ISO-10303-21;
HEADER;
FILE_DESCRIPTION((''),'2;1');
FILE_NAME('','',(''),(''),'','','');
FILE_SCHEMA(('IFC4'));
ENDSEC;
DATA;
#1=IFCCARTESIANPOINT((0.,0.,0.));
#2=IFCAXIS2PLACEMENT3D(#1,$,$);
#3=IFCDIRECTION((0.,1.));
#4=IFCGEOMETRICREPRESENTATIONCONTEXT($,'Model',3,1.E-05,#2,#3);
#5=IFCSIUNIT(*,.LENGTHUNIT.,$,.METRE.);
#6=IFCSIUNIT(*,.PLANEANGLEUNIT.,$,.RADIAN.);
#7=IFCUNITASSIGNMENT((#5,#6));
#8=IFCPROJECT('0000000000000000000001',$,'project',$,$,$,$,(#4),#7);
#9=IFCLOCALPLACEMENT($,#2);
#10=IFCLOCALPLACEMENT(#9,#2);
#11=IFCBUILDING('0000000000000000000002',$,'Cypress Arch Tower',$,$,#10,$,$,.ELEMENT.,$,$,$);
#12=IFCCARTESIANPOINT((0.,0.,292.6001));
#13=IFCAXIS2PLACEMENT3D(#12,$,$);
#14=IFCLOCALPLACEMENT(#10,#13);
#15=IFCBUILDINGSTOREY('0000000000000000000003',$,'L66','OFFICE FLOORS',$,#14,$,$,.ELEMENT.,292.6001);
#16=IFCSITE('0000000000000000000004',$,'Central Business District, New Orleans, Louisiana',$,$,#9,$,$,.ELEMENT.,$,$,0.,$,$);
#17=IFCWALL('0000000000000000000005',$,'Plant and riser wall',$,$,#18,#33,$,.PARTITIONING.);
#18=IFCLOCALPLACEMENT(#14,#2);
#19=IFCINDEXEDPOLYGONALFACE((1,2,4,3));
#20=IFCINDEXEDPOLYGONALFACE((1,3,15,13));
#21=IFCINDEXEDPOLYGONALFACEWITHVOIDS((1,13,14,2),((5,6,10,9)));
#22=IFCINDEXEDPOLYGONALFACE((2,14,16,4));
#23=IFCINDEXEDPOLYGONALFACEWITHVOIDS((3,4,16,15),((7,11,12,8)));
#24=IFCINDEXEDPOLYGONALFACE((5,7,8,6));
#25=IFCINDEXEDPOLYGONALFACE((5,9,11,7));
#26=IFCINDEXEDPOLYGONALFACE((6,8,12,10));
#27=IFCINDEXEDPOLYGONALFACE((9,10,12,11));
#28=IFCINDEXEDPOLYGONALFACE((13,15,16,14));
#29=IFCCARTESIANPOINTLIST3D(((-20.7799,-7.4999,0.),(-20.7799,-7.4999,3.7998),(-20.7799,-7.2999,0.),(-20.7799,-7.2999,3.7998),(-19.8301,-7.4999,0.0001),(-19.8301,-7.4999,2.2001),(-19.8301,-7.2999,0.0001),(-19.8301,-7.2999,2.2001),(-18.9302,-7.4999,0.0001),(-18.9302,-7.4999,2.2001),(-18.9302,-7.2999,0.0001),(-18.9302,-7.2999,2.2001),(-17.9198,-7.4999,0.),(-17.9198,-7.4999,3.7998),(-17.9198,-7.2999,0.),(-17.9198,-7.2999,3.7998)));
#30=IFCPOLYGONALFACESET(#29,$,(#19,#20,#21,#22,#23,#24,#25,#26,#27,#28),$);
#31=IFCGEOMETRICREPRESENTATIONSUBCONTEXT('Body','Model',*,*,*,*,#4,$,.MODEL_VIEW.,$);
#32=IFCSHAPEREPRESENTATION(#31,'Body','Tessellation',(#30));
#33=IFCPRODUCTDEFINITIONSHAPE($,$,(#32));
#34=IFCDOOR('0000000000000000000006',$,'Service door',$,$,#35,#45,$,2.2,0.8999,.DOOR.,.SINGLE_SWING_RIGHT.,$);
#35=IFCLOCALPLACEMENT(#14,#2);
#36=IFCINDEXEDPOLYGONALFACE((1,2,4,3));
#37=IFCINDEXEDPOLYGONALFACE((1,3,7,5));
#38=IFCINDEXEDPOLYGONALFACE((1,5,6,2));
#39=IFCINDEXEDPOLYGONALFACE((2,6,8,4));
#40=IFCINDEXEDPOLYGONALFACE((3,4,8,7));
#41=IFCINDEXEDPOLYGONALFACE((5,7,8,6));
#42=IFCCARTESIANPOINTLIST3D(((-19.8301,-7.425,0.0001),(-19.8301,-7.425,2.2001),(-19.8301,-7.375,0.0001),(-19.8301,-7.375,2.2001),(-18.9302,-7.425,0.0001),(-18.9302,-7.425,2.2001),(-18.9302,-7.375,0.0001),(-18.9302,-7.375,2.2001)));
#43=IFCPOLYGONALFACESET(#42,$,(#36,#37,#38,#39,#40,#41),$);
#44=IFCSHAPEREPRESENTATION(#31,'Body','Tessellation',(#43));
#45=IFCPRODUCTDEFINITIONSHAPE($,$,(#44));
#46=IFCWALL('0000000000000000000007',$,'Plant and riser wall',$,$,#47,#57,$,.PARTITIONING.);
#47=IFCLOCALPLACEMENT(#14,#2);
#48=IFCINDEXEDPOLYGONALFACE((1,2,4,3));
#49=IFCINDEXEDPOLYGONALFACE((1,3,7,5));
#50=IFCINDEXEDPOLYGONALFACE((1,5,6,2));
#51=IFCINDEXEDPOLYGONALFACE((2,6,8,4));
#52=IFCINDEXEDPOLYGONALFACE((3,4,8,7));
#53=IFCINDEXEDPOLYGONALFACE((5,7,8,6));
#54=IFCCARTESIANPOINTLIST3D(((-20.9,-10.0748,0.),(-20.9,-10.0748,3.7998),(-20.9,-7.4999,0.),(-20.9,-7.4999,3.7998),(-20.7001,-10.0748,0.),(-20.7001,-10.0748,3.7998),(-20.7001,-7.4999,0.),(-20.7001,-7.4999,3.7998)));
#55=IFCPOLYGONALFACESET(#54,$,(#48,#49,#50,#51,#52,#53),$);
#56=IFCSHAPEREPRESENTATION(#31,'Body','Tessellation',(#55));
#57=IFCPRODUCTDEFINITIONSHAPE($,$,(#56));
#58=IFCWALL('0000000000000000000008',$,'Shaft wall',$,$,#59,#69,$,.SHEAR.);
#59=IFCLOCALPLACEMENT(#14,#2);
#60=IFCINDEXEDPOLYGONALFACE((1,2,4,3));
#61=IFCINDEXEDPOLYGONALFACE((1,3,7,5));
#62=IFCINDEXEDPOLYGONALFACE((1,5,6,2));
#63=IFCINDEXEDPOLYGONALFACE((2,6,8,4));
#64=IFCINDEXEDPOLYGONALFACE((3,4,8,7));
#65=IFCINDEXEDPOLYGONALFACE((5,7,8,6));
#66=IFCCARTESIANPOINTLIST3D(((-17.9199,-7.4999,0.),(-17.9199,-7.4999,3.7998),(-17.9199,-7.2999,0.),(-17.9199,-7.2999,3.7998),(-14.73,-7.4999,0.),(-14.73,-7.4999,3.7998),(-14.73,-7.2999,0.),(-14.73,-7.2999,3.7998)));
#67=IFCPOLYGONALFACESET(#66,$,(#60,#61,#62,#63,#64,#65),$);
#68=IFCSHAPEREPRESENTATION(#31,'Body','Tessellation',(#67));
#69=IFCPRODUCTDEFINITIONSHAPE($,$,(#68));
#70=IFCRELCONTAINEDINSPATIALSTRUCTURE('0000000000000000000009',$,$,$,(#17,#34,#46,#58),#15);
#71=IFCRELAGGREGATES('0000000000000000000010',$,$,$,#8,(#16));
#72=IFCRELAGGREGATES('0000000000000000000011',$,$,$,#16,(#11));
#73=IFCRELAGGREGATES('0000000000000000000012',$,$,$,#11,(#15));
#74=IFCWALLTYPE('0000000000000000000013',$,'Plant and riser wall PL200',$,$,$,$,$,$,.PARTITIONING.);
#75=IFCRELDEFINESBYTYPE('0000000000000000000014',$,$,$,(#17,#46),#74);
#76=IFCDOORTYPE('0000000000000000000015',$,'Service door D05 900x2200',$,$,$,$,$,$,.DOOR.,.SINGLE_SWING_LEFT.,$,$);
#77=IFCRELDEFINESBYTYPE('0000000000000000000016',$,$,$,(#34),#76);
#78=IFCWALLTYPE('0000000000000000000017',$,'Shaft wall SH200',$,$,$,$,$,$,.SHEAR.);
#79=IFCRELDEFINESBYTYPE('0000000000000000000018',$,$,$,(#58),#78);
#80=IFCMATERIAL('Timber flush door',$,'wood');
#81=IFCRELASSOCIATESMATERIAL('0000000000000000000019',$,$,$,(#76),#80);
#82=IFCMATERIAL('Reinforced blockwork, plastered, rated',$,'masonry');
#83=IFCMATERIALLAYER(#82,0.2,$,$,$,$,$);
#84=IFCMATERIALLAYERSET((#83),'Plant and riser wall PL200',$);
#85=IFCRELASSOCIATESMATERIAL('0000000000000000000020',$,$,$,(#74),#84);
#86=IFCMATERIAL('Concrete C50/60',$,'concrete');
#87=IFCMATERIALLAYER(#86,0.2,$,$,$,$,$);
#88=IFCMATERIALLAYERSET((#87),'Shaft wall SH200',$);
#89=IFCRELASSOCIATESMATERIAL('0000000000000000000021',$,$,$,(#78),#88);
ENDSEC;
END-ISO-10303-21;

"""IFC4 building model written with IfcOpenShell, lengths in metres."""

from ifc_helpers import new_model, si_unit, direction, frame, frame_2d, origin, place, context, subcontext, project, spatial, rectangle, extrude, material, layer, layer_set, type_object, element, fill, save


model = new_model("IFC4")

# Units and contexts
model_context = context("Model", 3, precision=1e-05, world=origin(), true_north=direction((0.0, 1.0)))
body_context = subcontext(model_context, "Body", "Model", "MODEL_VIEW")
ifc_project = project(units=[si_unit("LENGTHUNIT", "METRE"), si_unit("PLANEANGLEUNIT", "RADIAN")], contexts=[model_context])

# Site, building, storey
site_placement = place(None, origin())
site = spatial("IfcSite", under=ifc_project, at=site_placement, Name="Central Business District, New Orleans, Louisiana", CompositionType="ELEMENT", RefElevation=0.0)
building_placement = place(site_placement, origin())
building = spatial("IfcBuilding", under=site, at=building_placement, Name="Cypress Arch Tower", CompositionType="ELEMENT")
storey_placement = place(building_placement, frame((0.0, 0.0, 292.6001)))
storey = spatial("IfcBuildingStorey", under=building, at=storey_placement, Name="L66", Description="OFFICE FLOORS", CompositionType="ELEMENT", Elevation=292.6001)

# Shared definitions
ifc_material_1 = material(Name="Timber flush door", Category="wood")
door_type = type_object("IfcDoorType", Name="Service door D05 900x2200", OperationType="SINGLE_SWING_LEFT", PredefinedType="DOOR", material=ifc_material_1)

# Shared definitions
ifc_material_2 = material(Name="Reinforced blockwork, plastered, rated", Category="masonry")
ifc_layer_1 = layer(ifc_material_2, 0.2)
ifc_layer_set_1 = layer_set([ifc_layer_1], Name="Plant and riser wall PL200")
wall_type_1 = type_object("IfcWallType", Name="Plant and riser wall PL200", PredefinedType="PARTITIONING", material=ifc_layer_set_1)

# Wall, opening, door
wall_1_placement = place(storey_placement, frame((-20.78, -7.3999, 0.0), z_axis=(0.0, 0.0, 1.0), x_axis=(1.0, 0.0, 0.0)))
wall_1 = element("IfcWall", 1, at=wall_1_placement, inside=storey, type_object=wall_type_1, Name="Plant and riser wall", PredefinedType="PARTITIONING", context=body_context, shape_type="SweptSolid", body=[
    extrude(rectangle(XDim=2.8601, YDim=0.2, at=frame_2d((1.4302, 0.0))), origin(), (0.0, 0.0, 1.0), 3.7998),
])
opening_1_placement = place(wall_1_placement, frame((0.95, 0.0, 0.0)))
opening_1 = element("IfcOpeningElement", 2, at=opening_1_placement, cuts=wall_1, PredefinedType="OPENING", context=body_context, shape_type="SweptSolid", body=[
    extrude(rectangle(XDim=0.8999, YDim=2.2, at=frame_2d((0.45, 1.1001))), frame((0.0, 0.1099, 0.0), z_axis=(0.0, -1.0, 0.0), x_axis=(1.0, 0.0, 0.0)), (0.0, 0.0, 1.0), 0.22),
])
door_1_placement = place(opening_1_placement, origin())
door_1 = element("IfcDoor", 3, at=door_1_placement, inside=storey, type_object=door_type, Name="Service door", OperationType="SINGLE_SWING_RIGHT", OverallHeight=2.2, OverallWidth=0.8999, PredefinedType="DOOR", context=body_context, shape_type="SweptSolid", body=[
    extrude(rectangle(XDim=0.8999, YDim=2.2, at=frame_2d((0.45, 1.1001))), frame((0.0, 0.0249, 0.0), z_axis=(0.0, -1.0, 0.0), x_axis=(1.0, 0.0, 0.0)), (0.0, 0.0, 1.0), 0.05),
])
fill(opening_1, door_1)

# Walls
wall_2_placement = place(storey_placement, frame((-20.8, -10.075, 0.0), z_axis=(0.0, 0.0, 1.0), x_axis=(0.0, 1.0, 0.0)))
element("IfcWall", 4, at=wall_2_placement, inside=storey, type_object=wall_type_1, Name="Plant and riser wall", PredefinedType="PARTITIONING", context=body_context, shape_type="SweptSolid", body=[
    extrude(rectangle(XDim=2.575, YDim=0.2, at=frame_2d((1.2876, 0.0))), origin(), (0.0, 0.0, 1.0), 3.7998),
])
ifc_material_3 = material(Name="Concrete C50/60", Category="concrete")
ifc_layer_2 = layer(ifc_material_3, 0.2)
ifc_layer_set_2 = layer_set([ifc_layer_2], Name="Shaft wall SH200")
wall_type_2 = type_object("IfcWallType", Name="Shaft wall SH200", PredefinedType="SHEAR", material=ifc_layer_set_2)
wall_3_placement = place(storey_placement, frame((-17.9199, -7.3999, 0.0), z_axis=(0.0, 0.0, 1.0), x_axis=(1.0, 0.0, 0.0)))
element("IfcWall", 5, at=wall_3_placement, inside=storey, type_object=wall_type_2, Name="Shaft wall", PredefinedType="SHEAR", context=body_context, shape_type="SweptSolid", body=[
    extrude(rectangle(XDim=3.1899, YDim=0.2, at=frame_2d((1.595, 0.0))), origin(), (0.0, 0.0, 1.0), 3.7998),
])

save(model, "model.ifc")
